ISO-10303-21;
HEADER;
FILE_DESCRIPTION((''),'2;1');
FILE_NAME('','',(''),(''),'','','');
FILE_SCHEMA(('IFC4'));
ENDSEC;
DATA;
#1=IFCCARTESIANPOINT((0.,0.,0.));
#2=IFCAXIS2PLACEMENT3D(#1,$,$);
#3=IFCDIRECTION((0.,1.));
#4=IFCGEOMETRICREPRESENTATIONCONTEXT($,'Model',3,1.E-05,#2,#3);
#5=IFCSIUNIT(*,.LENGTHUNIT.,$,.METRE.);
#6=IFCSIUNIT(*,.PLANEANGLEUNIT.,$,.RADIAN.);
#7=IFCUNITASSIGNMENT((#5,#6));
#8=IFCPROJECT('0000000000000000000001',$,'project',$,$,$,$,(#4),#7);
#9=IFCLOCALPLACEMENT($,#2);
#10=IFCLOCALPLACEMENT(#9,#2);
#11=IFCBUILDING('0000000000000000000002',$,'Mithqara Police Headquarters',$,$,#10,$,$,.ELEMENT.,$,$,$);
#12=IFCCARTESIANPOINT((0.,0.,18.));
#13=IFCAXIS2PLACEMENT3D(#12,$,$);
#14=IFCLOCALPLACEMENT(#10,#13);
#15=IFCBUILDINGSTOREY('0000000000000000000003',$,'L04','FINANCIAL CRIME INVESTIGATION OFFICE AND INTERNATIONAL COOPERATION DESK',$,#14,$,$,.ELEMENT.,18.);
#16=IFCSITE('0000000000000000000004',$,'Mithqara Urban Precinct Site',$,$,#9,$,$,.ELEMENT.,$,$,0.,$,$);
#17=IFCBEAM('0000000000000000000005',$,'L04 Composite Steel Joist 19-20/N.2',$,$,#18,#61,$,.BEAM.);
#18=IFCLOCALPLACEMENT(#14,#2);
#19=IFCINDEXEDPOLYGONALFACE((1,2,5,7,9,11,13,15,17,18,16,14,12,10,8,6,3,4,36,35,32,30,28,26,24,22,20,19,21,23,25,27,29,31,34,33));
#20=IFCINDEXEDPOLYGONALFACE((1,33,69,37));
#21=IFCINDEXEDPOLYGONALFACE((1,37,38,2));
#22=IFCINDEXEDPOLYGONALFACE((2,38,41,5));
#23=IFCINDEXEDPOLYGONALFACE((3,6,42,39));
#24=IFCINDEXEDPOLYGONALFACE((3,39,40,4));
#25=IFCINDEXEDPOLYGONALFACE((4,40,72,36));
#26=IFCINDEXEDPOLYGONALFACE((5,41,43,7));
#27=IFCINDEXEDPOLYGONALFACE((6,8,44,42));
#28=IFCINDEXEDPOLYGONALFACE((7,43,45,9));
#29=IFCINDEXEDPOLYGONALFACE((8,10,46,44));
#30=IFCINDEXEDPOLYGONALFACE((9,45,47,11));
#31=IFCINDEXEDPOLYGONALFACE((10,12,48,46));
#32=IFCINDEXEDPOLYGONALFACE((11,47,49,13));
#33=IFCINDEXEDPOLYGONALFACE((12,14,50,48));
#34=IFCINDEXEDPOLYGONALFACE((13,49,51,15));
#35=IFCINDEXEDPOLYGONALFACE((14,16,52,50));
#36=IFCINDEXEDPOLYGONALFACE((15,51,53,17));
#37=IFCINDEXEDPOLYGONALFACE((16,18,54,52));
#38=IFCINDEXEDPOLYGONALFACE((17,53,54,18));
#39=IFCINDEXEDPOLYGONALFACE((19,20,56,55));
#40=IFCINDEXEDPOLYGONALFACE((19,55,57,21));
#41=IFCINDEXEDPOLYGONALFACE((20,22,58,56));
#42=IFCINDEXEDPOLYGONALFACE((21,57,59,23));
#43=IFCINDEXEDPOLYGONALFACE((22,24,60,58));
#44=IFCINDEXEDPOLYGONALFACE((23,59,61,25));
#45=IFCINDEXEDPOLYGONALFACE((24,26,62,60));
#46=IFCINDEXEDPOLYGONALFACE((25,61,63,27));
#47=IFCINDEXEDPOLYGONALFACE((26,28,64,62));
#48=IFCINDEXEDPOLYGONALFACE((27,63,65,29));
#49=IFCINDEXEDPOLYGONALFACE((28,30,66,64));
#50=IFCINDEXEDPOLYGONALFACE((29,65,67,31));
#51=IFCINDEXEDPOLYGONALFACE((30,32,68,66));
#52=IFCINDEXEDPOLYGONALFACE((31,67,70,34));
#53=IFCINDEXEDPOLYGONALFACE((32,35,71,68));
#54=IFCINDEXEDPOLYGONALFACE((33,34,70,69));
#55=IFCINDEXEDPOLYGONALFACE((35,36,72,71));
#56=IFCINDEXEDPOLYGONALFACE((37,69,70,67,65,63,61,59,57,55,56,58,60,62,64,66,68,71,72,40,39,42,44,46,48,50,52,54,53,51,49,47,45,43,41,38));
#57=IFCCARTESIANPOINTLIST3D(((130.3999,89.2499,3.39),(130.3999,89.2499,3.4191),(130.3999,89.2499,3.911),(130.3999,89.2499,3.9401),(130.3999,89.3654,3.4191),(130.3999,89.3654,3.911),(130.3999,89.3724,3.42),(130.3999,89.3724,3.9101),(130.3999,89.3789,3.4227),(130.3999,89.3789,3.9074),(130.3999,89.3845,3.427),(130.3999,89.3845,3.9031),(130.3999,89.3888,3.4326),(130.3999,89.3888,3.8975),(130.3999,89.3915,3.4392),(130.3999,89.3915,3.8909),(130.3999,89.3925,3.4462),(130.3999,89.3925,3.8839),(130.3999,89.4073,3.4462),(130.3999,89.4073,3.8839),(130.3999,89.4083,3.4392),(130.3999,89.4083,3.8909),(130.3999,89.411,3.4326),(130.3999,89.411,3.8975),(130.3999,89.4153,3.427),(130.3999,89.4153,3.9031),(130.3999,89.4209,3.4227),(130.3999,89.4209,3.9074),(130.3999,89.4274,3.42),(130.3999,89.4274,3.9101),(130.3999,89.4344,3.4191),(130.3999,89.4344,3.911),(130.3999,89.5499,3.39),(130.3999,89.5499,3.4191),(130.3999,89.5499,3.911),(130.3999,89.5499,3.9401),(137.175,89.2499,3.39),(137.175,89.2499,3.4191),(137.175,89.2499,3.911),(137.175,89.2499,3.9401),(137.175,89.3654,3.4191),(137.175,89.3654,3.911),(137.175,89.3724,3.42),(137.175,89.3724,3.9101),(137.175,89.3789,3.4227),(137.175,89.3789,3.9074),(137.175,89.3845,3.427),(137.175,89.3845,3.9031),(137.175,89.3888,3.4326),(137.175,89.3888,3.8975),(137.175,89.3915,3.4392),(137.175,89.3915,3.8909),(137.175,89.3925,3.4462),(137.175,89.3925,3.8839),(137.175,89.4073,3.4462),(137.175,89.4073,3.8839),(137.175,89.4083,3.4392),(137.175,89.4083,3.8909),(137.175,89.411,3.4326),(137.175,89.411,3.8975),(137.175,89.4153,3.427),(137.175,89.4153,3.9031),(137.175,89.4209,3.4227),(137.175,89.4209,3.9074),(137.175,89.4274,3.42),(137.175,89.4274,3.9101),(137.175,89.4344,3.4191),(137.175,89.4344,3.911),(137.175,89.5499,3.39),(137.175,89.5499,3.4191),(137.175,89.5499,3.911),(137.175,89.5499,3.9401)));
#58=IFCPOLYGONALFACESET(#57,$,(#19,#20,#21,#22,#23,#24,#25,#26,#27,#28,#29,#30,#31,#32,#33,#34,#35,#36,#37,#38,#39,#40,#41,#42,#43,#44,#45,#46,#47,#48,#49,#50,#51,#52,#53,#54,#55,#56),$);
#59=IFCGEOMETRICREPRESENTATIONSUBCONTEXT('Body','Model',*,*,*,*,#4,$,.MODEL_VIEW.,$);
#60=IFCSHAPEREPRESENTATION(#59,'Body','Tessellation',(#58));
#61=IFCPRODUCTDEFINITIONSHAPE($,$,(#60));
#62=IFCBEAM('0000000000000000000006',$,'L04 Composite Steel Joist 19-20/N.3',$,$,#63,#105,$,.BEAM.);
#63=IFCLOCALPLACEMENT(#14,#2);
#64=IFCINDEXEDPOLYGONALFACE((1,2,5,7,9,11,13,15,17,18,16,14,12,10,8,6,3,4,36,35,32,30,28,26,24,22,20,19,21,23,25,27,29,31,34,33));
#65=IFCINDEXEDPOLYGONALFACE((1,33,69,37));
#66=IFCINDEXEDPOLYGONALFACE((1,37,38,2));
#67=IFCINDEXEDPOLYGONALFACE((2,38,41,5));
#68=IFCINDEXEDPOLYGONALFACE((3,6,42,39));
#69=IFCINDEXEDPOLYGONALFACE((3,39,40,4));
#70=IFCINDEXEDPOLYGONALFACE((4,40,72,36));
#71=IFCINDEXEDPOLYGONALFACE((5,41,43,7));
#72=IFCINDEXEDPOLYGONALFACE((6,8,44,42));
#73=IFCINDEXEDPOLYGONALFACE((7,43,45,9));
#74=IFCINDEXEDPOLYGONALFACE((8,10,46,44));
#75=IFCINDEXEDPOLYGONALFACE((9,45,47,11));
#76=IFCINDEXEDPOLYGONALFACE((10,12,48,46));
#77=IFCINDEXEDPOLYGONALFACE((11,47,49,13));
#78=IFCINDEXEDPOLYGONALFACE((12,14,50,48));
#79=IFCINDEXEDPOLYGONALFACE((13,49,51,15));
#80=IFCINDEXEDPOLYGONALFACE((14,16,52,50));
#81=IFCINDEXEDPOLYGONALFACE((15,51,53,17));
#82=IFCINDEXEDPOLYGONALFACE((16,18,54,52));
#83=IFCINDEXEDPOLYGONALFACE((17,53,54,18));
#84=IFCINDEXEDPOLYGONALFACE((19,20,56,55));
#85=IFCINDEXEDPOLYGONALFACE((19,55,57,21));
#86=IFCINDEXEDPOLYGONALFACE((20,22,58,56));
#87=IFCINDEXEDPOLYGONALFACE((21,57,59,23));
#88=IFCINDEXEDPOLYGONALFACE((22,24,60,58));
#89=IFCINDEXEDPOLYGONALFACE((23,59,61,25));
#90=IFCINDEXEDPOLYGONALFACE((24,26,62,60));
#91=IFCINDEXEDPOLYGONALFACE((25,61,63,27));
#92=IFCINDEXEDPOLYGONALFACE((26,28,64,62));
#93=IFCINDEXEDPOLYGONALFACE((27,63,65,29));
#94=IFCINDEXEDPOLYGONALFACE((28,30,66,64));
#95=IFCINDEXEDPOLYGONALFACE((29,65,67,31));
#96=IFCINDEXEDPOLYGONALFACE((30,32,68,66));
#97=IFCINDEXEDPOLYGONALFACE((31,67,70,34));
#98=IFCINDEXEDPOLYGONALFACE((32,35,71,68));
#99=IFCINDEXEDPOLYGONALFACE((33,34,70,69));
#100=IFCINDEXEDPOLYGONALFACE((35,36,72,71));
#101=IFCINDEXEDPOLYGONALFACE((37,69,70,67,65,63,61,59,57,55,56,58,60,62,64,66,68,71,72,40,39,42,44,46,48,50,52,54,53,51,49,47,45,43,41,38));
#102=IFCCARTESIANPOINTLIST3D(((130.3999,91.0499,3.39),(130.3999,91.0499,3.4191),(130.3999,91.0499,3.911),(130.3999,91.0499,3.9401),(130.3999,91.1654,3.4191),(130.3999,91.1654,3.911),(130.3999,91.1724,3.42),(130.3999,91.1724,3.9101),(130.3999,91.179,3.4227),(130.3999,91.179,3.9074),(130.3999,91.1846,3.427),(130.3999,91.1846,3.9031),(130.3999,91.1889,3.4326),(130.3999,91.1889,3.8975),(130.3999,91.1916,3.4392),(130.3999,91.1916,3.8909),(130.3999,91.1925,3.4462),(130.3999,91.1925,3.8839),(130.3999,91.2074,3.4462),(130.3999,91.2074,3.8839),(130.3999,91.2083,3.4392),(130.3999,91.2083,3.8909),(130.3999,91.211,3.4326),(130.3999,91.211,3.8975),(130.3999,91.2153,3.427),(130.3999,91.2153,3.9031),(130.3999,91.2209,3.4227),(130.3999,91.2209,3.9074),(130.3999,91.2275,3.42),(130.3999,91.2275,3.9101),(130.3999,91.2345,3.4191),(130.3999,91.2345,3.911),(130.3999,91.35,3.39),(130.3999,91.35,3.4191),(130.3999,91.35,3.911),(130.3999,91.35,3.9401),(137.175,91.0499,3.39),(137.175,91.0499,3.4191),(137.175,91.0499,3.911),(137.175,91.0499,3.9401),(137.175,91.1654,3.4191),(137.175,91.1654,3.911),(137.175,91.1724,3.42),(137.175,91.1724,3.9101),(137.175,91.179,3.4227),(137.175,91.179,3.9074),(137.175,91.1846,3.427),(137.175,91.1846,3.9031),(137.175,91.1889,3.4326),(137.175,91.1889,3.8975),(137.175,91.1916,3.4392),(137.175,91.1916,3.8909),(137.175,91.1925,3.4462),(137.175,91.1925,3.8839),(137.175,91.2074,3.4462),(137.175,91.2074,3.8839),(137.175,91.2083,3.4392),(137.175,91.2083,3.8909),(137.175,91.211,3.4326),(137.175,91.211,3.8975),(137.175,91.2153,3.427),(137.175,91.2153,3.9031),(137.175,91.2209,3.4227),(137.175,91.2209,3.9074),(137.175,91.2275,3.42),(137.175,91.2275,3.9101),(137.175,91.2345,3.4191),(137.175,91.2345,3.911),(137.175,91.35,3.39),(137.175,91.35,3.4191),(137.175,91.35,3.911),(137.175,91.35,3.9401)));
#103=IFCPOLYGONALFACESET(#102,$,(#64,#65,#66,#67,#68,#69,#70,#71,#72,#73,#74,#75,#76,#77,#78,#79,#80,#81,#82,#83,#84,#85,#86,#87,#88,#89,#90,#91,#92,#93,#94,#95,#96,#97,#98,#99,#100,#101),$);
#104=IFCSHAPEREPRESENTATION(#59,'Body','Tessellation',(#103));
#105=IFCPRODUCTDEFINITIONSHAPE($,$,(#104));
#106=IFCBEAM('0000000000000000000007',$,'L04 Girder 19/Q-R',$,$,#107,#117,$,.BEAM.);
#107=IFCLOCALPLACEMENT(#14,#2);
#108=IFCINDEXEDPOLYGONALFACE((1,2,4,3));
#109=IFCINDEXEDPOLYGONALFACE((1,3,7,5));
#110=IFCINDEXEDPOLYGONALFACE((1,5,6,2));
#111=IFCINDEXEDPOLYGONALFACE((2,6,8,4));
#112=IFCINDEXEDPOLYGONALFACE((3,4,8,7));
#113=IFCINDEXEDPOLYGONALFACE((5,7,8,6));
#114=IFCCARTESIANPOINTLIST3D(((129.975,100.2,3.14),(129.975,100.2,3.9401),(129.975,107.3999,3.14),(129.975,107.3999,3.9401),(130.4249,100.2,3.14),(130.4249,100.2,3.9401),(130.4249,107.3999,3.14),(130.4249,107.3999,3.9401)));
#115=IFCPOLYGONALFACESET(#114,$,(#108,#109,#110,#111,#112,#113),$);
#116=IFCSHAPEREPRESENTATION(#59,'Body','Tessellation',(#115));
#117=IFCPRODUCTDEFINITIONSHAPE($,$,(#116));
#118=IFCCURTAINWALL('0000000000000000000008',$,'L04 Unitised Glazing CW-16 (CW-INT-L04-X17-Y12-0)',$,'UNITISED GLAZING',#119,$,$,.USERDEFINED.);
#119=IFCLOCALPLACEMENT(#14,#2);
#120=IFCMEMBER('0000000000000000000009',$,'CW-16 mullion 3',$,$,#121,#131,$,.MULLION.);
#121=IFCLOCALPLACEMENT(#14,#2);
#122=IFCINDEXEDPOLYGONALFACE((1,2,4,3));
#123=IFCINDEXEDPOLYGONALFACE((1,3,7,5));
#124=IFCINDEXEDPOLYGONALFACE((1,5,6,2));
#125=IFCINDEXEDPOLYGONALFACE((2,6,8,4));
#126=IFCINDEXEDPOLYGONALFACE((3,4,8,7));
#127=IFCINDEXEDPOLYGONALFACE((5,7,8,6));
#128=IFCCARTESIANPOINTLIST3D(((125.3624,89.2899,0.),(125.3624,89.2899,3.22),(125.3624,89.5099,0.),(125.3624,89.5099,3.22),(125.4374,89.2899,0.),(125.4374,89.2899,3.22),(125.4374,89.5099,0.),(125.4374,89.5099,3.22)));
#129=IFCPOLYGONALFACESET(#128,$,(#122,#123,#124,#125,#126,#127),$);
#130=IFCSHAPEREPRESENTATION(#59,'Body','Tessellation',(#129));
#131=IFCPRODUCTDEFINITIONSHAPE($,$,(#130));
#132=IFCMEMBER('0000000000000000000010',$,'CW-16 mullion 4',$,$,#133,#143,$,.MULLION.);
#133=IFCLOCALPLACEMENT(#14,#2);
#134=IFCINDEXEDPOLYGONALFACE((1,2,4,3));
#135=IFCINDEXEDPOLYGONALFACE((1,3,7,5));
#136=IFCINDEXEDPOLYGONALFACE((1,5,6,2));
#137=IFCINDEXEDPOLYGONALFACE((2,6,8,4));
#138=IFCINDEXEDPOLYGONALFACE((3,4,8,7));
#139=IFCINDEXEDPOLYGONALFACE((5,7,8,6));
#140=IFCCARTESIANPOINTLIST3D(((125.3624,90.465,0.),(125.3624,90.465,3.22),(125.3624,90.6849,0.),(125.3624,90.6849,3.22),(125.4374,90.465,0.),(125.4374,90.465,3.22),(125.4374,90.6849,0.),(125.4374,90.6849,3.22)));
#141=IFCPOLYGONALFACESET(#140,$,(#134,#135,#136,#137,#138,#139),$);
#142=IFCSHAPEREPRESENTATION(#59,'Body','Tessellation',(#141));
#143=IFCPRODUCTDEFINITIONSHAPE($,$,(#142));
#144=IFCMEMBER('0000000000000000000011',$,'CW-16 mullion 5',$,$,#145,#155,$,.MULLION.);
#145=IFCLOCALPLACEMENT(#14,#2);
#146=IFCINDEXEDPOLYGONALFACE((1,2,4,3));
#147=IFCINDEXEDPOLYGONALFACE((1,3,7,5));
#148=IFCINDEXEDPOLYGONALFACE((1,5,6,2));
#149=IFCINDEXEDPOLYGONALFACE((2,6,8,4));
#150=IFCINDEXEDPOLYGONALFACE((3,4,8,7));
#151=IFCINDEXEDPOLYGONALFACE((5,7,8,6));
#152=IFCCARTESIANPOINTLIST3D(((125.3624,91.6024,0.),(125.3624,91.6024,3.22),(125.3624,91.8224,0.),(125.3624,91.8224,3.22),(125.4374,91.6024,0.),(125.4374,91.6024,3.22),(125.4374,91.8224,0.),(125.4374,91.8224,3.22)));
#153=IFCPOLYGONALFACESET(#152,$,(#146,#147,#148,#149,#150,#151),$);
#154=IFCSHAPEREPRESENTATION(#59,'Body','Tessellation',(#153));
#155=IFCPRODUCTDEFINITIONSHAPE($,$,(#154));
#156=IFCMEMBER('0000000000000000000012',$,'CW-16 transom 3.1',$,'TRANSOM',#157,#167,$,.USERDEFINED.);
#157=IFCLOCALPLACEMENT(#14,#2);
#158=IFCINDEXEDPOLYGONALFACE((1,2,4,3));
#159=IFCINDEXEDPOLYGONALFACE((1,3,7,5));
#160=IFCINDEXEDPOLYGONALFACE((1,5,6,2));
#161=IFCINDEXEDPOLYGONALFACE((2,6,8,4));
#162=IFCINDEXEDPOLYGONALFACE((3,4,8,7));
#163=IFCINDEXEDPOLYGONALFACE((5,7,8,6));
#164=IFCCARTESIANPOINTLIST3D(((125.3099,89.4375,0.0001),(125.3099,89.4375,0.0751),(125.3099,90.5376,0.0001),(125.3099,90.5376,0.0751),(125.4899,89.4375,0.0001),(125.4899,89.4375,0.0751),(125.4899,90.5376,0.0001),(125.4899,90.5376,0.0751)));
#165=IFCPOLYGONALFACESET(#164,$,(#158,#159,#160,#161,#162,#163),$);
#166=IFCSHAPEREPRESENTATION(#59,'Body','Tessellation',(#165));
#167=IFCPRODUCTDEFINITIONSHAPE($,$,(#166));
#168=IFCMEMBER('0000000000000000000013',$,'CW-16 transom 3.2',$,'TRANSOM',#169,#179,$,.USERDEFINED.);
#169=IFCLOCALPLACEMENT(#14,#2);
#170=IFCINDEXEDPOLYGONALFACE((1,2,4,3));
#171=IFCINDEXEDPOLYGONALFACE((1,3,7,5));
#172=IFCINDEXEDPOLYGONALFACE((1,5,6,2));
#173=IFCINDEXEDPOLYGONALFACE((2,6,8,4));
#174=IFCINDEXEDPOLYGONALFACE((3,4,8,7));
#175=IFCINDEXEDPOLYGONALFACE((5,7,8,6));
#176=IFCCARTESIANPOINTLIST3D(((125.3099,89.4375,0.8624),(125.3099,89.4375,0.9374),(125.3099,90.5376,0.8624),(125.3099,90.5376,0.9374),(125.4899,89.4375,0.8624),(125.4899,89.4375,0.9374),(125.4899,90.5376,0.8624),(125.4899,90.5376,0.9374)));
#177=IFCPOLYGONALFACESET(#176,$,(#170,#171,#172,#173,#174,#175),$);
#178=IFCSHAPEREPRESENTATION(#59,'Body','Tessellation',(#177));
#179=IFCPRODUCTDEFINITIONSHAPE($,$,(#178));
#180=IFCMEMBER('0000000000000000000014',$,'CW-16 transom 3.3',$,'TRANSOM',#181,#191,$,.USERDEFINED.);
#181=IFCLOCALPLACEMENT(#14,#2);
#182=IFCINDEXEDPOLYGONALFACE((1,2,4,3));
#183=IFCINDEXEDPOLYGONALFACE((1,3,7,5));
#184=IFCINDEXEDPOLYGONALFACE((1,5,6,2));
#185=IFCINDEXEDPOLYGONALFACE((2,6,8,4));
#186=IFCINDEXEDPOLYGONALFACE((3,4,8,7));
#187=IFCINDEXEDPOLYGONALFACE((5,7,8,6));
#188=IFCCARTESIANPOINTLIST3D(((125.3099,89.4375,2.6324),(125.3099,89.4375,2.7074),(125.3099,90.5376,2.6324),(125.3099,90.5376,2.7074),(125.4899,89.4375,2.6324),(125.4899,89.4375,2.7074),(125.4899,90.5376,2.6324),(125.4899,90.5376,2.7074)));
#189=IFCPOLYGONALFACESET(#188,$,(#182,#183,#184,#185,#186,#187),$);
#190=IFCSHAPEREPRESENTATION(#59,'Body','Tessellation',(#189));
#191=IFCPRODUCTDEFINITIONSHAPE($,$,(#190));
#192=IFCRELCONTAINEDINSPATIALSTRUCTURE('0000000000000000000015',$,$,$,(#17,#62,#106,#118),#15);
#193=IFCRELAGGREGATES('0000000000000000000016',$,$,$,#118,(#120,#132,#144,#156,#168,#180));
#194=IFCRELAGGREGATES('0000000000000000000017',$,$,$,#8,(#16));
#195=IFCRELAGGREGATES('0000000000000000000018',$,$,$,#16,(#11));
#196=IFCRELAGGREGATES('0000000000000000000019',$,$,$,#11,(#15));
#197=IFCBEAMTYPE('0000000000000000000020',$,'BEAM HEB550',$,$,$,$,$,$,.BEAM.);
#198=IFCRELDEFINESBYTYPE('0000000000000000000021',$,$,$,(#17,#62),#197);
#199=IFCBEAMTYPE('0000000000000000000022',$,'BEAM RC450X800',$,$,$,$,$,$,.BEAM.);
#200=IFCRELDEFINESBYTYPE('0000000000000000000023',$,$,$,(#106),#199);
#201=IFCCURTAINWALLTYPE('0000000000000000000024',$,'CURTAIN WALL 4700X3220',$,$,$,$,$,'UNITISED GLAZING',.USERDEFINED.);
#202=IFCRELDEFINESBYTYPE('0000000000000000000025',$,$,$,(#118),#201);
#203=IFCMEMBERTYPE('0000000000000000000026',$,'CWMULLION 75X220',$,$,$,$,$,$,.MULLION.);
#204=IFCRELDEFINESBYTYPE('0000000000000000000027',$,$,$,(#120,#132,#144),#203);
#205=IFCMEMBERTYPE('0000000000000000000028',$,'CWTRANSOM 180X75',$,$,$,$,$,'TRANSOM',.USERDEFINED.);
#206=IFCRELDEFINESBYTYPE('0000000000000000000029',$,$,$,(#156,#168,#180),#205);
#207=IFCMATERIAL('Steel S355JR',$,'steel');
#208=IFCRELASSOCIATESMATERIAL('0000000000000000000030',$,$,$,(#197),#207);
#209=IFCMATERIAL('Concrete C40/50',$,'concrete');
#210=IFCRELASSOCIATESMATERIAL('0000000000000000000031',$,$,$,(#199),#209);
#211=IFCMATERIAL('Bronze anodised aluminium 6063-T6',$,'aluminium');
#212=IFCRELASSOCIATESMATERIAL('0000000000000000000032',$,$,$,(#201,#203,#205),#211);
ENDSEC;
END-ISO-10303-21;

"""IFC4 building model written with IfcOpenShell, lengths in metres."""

from ifc_helpers import new_model, si_unit, direction, frame, origin, origin_2d, place, context, subcontext, project, spatial, rectangle, i_section, extrude, material, material_profile, profile_set, type_object, element, aggregate, save


model = new_model("IFC4")

# Units and contexts
model_context = context("Model", 3, precision=1e-05, world=origin(), true_north=direction((0.0, 1.0)))
body_context = subcontext(model_context, "Body", "Model", "MODEL_VIEW")
ifc_project = project(units=[si_unit("LENGTHUNIT", "METRE"), si_unit("PLANEANGLEUNIT", "RADIAN")], contexts=[model_context])

# Site, building, storey
site_placement = place(None, origin())
site = spatial("IfcSite", under=ifc_project, at=site_placement, Name="Mithqara Urban Precinct Site", CompositionType="ELEMENT", RefElevation=0.0)
building_placement = place(site_placement, origin())
building = spatial("IfcBuilding", under=site, at=building_placement, Name="Mithqara Police Headquarters", CompositionType="ELEMENT")
storey_placement = place(building_placement, frame((0.0, 0.0, 18.0)))
storey = spatial("IfcBuildingStorey", under=building, at=storey_placement, Name="L04", Description="FINANCIAL CRIME INVESTIGATION OFFICE AND INTERNATIONAL COOPERATION DESK", CompositionType="ELEMENT", Elevation=18.0)

# Beams
ifc_material_1 = material(Name="Steel S355JR", Category="steel")
ifc_material_profile_1 = material_profile(ifc_material_1, i_section(OverallWidth=0.3, OverallDepth=0.55, WebThickness=0.0149, FlangeThickness=0.0291, FilletRadius=0.0271, at=origin_2d()), Name="HEB 550")
ifc_profile_set_1 = profile_set([ifc_material_profile_1], Name="Steel S355JR")
beam_type_1 = type_object("IfcBeamType", Name="BEAM HEB550", PredefinedType="BEAM", material=ifc_profile_set_1)
for number, where, z_axis, x_axis, name in (
    (1, (130.3999, 89.3999, 3.665), (1.0, 0.0, 0.0), (0.0, 1.0, 0.0), "L04 Composite Steel Joist 19-20/N.2"),
    (2, (130.3999, 91.2, 3.665), (1.0, 0.0, 0.0), (0.0, 1.0, 0.0), "L04 Composite Steel Joist 19-20/N.3"),
):
    element("IfcBeam", number, at=place(storey_placement, frame(where, z_axis=z_axis, x_axis=x_axis)), inside=storey, type_object=beam_type_1, Name=name, PredefinedType="BEAM", context=body_context, shape_type="SweptSolid", body=[
        extrude(i_section(OverallWidth=0.3, OverallDepth=0.55, WebThickness=0.0149, FlangeThickness=0.0291, FilletRadius=0.0271, at=origin_2d()), origin(), (0.0, 0.0, 1.0), 6.7751),
    ])
ifc_material_2 = material(Name="Concrete C40/50", Category="concrete")
ifc_material_profile_2 = material_profile(ifc_material_2, rectangle(XDim=0.45, YDim=0.8, at=origin_2d()), Name="RC 450x800")
ifc_profile_set_2 = profile_set([ifc_material_profile_2], Name="Concrete C40/50")
beam_type_2 = type_object("IfcBeamType", Name="BEAM RC450X800", PredefinedType="BEAM", material=ifc_profile_set_2)
beam_placement = place(storey_placement, frame((130.2, 100.2, 3.54), z_axis=(0.0, 1.0, 0.0), x_axis=(-1.0, 0.0, 0.0)))
element("IfcBeam", 3, at=beam_placement, inside=storey, type_object=beam_type_2, Name="L04 Girder 19/Q-R", PredefinedType="BEAM", context=body_context, shape_type="SweptSolid", body=[
    extrude(rectangle(XDim=0.45, YDim=0.8, at=origin_2d()), origin(), (0.0, 0.0, 1.0), 7.2),
])

# Curtain wall, members
ifc_material_3 = material(Name="Bronze anodised aluminium 6063-T6", Category="aluminium")
curtain_wall_type = type_object("IfcCurtainWallType", Name="CURTAIN WALL 4700X3220", ElementType="UNITISED GLAZING", PredefinedType="USERDEFINED", material=ifc_material_3)
curtain_wall_placement = place(storey_placement, origin())
curtain_wall = element("IfcCurtainWall", 4, at=curtain_wall_placement, inside=storey, type_object=curtain_wall_type, Name="L04 Unitised Glazing CW-16 (CW-INT-L04-X17-Y12-0)", ObjectType="UNITISED GLAZING", PredefinedType="USERDEFINED")
ifc_material_profile_3 = material_profile(ifc_material_3, rectangle(XDim=0.075, YDim=0.22, at=origin_2d()), Name="CWM 75x220")
ifc_profile_set_3 = profile_set([ifc_material_profile_3], Name="Bronze anodised aluminium 6063-T6")
member_type_1 = type_object("IfcMemberType", Name="CWMULLION 75X220", PredefinedType="MULLION", material=ifc_profile_set_3)
member_1_placement = place(storey_placement, frame((125.3999, 89.3999, 0.0), z_axis=(0.0, 0.0, 1.0), x_axis=(-1.0, 0.0, 0.0)))
member_1 = element("IfcMember", 5, at=member_1_placement, type_object=member_type_1, Name="CW-16 mullion 3", PredefinedType="MULLION", context=body_context, shape_type="SweptSolid", body=[
    extrude(rectangle(XDim=0.075, YDim=0.22, at=origin_2d()), origin(), (0.0, 0.0, 1.0), 3.22),
])
member_2_placement = place(storey_placement, frame((125.3999, 90.575, 0.0), z_axis=(0.0, 0.0, 1.0), x_axis=(-1.0, 0.0, 0.0)))
member_2 = element("IfcMember", 6, at=member_2_placement, type_object=member_type_1, Name="CW-16 mullion 4", PredefinedType="MULLION", context=body_context, shape_type="SweptSolid", body=[
    extrude(rectangle(XDim=0.075, YDim=0.22, at=origin_2d()), origin(), (0.0, 0.0, 1.0), 3.22),
])
member_3_placement = place(storey_placement, frame((125.3999, 91.7124, 0.0), z_axis=(0.0, 0.0, 1.0), x_axis=(-1.0, 0.0, 0.0)))
member_3 = element("IfcMember", 7, at=member_3_placement, type_object=member_type_1, Name="CW-16 mullion 5", PredefinedType="MULLION", context=body_context, shape_type="SweptSolid", body=[
    extrude(rectangle(XDim=0.075, YDim=0.22, at=origin_2d()), origin(), (0.0, 0.0, 1.0), 3.22),
])
ifc_material_profile_4 = material_profile(ifc_material_3, rectangle(XDim=0.1799, YDim=0.075, at=origin_2d()), Name="CWT 180x75")
ifc_profile_set_4 = profile_set([ifc_material_profile_4], Name="Bronze anodised aluminium 6063-T6")
member_type_2 = type_object("IfcMemberType", Name="CWTRANSOM 180X75", ElementType="TRANSOM", PredefinedType="USERDEFINED", material=ifc_profile_set_4)
member_4_placement = place(storey_placement, frame((125.3999, 89.4375, 0.0376), z_axis=(0.0, 1.0, 0.0), x_axis=(-1.0, 0.0, 0.0)))
member_4 = element("IfcMember", 8, at=member_4_placement, type_object=member_type_2, Name="CW-16 transom 3.1", ObjectType="TRANSOM", PredefinedType="USERDEFINED", context=body_context, shape_type="SweptSolid", body=[
    extrude(rectangle(XDim=0.1799, YDim=0.075, at=origin_2d()), origin(), (0.0, 0.0, 1.0), 1.1001),
])
member_5_placement = place(storey_placement, frame((125.3999, 89.4375, 0.8999), z_axis=(0.0, 1.0, 0.0), x_axis=(-1.0, 0.0, 0.0)))
member_5 = element("IfcMember", 9, at=member_5_placement, type_object=member_type_2, Name="CW-16 transom 3.2", ObjectType="TRANSOM", PredefinedType="USERDEFINED", context=body_context, shape_type="SweptSolid", body=[
    extrude(rectangle(XDim=0.1799, YDim=0.075, at=origin_2d()), origin(), (0.0, 0.0, 1.0), 1.1001),
])
member_6_placement = place(storey_placement, frame((125.3999, 89.4375, 2.6699), z_axis=(0.0, 1.0, 0.0), x_axis=(-1.0, 0.0, 0.0)))
member_6 = element("IfcMember", 10, at=member_6_placement, type_object=member_type_2, Name="CW-16 transom 3.3", ObjectType="TRANSOM", PredefinedType="USERDEFINED", context=body_context, shape_type="SweptSolid", body=[
    extrude(rectangle(XDim=0.1799, YDim=0.075, at=origin_2d()), origin(), (0.0, 0.0, 1.0), 1.1001),
])
aggregate(curtain_wall, [member_1, member_2, member_3, member_4, member_5, member_6])

save(model, "model.ifc")
